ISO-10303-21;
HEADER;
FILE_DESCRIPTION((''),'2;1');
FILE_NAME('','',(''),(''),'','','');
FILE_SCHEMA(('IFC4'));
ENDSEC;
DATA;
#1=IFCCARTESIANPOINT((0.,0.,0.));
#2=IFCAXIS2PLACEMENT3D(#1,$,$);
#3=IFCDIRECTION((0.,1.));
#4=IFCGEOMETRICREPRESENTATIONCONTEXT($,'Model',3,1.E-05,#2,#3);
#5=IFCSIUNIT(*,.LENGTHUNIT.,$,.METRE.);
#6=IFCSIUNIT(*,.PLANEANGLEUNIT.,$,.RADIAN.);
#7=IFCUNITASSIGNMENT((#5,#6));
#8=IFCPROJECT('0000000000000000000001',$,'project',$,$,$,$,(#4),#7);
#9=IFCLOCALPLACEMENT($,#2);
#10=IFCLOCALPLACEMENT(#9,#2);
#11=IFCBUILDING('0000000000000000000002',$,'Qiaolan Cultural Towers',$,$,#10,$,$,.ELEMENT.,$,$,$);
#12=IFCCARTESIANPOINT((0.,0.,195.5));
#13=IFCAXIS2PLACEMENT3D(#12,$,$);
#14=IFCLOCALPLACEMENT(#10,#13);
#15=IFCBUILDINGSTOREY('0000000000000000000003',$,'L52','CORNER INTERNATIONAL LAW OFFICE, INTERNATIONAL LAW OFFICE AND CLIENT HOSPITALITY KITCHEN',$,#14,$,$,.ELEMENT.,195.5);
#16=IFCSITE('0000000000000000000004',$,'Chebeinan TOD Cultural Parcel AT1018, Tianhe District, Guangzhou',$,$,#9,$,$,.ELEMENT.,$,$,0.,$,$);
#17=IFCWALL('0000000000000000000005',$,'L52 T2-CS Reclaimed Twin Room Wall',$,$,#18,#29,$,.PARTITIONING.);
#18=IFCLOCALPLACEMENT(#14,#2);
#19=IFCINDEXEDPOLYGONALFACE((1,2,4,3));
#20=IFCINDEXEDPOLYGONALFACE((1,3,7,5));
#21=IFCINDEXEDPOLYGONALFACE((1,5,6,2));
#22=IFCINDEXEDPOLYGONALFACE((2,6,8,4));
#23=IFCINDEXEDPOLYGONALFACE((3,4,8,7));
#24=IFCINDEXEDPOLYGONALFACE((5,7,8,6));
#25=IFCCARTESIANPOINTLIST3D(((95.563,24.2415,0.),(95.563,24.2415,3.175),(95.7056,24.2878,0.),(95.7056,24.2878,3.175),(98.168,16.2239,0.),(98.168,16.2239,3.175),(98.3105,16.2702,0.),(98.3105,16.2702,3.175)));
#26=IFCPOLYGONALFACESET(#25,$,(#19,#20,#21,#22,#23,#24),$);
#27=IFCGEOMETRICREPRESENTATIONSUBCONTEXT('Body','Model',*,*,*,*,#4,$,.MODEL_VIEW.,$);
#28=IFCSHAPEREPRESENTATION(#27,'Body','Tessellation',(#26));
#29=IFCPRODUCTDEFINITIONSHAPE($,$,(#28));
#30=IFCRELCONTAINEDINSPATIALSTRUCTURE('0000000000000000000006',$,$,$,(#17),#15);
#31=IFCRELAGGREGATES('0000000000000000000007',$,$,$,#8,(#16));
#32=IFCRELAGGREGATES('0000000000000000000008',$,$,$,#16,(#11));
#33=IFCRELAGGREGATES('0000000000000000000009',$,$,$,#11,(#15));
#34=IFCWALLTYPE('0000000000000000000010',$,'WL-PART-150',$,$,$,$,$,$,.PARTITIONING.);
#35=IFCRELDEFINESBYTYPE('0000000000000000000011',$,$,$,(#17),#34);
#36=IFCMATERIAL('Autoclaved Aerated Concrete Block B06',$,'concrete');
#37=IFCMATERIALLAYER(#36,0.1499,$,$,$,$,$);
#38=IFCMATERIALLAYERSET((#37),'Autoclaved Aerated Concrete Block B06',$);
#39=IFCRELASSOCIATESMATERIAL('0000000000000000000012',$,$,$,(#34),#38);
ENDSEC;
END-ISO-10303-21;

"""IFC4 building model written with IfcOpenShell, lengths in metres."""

from ifc_helpers import new_model, si_unit, direction, frame, frame_2d, origin, place, context, subcontext, project, spatial, rectangle, extrude, material, layer, layer_set, type_object, element, save


model = new_model("IFC4")

# Units and contexts
model_context = context("Model", 3, precision=1e-05, world=origin(), true_north=direction((0.0, 1.0)))
body_context = subcontext(model_context, "Body", "Model", "MODEL_VIEW")
ifc_project = project(units=[si_unit("LENGTHUNIT", "METRE"), si_unit("PLANEANGLEUNIT", "RADIAN")], contexts=[model_context])

# Site, building, storey
site_placement = place(None, origin())
site = spatial("IfcSite", under=ifc_project, at=site_placement, Name="Chebeinan TOD Cultural Parcel AT1018, Tianhe District, Guangzhou", CompositionType="ELEMENT", RefElevation=0.0)
building_placement = place(site_placement, origin())
building = spatial("IfcBuilding", under=site, at=building_placement, Name="Qiaolan Cultural Towers", CompositionType="ELEMENT")
storey_placement = place(building_placement, frame((0.0, 0.0, 195.5)))
storey = spatial("IfcBuildingStorey", under=building, at=storey_placement, Name="L52", Description="CORNER INTERNATIONAL LAW OFFICE, INTERNATIONAL LAW OFFICE AND CLIENT HOSPITALITY KITCHEN", CompositionType="ELEMENT", Elevation=195.5)

# Shared definitions
ifc_material_1 = material(Name="Autoclaved Aerated Concrete Block B06", Category="concrete")
ifc_layer_1 = layer(ifc_material_1, 0.1499)
ifc_layer_set_1 = layer_set([ifc_layer_1], Name="Autoclaved Aerated Concrete Block B06")
wall_type_1 = type_object("IfcWallType", Name="WL-PART-150", PredefinedType="PARTITIONING", material=ifc_layer_set_1)

# Wall
wall_1_placement = place(storey_placement, frame((95.6343, 24.2646, 0.0), z_axis=(0.0, 0.0, 1.0), x_axis=(0.309007, -0.95106, 0.0)))
element("IfcWall", 1, at=wall_1_placement, inside=storey, type_object=wall_type_1, Name="L52 T2-CS Reclaimed Twin Room Wall", PredefinedType="PARTITIONING", context=body_context, shape_type="SweptSolid", body=[
    extrude(rectangle(XDim=8.4302, YDim=0.1499, at=frame_2d((4.2151, 0.0))), origin(), (0.0, 0.0, 1.0), 3.175),
])

save(model, "model.ifc")
